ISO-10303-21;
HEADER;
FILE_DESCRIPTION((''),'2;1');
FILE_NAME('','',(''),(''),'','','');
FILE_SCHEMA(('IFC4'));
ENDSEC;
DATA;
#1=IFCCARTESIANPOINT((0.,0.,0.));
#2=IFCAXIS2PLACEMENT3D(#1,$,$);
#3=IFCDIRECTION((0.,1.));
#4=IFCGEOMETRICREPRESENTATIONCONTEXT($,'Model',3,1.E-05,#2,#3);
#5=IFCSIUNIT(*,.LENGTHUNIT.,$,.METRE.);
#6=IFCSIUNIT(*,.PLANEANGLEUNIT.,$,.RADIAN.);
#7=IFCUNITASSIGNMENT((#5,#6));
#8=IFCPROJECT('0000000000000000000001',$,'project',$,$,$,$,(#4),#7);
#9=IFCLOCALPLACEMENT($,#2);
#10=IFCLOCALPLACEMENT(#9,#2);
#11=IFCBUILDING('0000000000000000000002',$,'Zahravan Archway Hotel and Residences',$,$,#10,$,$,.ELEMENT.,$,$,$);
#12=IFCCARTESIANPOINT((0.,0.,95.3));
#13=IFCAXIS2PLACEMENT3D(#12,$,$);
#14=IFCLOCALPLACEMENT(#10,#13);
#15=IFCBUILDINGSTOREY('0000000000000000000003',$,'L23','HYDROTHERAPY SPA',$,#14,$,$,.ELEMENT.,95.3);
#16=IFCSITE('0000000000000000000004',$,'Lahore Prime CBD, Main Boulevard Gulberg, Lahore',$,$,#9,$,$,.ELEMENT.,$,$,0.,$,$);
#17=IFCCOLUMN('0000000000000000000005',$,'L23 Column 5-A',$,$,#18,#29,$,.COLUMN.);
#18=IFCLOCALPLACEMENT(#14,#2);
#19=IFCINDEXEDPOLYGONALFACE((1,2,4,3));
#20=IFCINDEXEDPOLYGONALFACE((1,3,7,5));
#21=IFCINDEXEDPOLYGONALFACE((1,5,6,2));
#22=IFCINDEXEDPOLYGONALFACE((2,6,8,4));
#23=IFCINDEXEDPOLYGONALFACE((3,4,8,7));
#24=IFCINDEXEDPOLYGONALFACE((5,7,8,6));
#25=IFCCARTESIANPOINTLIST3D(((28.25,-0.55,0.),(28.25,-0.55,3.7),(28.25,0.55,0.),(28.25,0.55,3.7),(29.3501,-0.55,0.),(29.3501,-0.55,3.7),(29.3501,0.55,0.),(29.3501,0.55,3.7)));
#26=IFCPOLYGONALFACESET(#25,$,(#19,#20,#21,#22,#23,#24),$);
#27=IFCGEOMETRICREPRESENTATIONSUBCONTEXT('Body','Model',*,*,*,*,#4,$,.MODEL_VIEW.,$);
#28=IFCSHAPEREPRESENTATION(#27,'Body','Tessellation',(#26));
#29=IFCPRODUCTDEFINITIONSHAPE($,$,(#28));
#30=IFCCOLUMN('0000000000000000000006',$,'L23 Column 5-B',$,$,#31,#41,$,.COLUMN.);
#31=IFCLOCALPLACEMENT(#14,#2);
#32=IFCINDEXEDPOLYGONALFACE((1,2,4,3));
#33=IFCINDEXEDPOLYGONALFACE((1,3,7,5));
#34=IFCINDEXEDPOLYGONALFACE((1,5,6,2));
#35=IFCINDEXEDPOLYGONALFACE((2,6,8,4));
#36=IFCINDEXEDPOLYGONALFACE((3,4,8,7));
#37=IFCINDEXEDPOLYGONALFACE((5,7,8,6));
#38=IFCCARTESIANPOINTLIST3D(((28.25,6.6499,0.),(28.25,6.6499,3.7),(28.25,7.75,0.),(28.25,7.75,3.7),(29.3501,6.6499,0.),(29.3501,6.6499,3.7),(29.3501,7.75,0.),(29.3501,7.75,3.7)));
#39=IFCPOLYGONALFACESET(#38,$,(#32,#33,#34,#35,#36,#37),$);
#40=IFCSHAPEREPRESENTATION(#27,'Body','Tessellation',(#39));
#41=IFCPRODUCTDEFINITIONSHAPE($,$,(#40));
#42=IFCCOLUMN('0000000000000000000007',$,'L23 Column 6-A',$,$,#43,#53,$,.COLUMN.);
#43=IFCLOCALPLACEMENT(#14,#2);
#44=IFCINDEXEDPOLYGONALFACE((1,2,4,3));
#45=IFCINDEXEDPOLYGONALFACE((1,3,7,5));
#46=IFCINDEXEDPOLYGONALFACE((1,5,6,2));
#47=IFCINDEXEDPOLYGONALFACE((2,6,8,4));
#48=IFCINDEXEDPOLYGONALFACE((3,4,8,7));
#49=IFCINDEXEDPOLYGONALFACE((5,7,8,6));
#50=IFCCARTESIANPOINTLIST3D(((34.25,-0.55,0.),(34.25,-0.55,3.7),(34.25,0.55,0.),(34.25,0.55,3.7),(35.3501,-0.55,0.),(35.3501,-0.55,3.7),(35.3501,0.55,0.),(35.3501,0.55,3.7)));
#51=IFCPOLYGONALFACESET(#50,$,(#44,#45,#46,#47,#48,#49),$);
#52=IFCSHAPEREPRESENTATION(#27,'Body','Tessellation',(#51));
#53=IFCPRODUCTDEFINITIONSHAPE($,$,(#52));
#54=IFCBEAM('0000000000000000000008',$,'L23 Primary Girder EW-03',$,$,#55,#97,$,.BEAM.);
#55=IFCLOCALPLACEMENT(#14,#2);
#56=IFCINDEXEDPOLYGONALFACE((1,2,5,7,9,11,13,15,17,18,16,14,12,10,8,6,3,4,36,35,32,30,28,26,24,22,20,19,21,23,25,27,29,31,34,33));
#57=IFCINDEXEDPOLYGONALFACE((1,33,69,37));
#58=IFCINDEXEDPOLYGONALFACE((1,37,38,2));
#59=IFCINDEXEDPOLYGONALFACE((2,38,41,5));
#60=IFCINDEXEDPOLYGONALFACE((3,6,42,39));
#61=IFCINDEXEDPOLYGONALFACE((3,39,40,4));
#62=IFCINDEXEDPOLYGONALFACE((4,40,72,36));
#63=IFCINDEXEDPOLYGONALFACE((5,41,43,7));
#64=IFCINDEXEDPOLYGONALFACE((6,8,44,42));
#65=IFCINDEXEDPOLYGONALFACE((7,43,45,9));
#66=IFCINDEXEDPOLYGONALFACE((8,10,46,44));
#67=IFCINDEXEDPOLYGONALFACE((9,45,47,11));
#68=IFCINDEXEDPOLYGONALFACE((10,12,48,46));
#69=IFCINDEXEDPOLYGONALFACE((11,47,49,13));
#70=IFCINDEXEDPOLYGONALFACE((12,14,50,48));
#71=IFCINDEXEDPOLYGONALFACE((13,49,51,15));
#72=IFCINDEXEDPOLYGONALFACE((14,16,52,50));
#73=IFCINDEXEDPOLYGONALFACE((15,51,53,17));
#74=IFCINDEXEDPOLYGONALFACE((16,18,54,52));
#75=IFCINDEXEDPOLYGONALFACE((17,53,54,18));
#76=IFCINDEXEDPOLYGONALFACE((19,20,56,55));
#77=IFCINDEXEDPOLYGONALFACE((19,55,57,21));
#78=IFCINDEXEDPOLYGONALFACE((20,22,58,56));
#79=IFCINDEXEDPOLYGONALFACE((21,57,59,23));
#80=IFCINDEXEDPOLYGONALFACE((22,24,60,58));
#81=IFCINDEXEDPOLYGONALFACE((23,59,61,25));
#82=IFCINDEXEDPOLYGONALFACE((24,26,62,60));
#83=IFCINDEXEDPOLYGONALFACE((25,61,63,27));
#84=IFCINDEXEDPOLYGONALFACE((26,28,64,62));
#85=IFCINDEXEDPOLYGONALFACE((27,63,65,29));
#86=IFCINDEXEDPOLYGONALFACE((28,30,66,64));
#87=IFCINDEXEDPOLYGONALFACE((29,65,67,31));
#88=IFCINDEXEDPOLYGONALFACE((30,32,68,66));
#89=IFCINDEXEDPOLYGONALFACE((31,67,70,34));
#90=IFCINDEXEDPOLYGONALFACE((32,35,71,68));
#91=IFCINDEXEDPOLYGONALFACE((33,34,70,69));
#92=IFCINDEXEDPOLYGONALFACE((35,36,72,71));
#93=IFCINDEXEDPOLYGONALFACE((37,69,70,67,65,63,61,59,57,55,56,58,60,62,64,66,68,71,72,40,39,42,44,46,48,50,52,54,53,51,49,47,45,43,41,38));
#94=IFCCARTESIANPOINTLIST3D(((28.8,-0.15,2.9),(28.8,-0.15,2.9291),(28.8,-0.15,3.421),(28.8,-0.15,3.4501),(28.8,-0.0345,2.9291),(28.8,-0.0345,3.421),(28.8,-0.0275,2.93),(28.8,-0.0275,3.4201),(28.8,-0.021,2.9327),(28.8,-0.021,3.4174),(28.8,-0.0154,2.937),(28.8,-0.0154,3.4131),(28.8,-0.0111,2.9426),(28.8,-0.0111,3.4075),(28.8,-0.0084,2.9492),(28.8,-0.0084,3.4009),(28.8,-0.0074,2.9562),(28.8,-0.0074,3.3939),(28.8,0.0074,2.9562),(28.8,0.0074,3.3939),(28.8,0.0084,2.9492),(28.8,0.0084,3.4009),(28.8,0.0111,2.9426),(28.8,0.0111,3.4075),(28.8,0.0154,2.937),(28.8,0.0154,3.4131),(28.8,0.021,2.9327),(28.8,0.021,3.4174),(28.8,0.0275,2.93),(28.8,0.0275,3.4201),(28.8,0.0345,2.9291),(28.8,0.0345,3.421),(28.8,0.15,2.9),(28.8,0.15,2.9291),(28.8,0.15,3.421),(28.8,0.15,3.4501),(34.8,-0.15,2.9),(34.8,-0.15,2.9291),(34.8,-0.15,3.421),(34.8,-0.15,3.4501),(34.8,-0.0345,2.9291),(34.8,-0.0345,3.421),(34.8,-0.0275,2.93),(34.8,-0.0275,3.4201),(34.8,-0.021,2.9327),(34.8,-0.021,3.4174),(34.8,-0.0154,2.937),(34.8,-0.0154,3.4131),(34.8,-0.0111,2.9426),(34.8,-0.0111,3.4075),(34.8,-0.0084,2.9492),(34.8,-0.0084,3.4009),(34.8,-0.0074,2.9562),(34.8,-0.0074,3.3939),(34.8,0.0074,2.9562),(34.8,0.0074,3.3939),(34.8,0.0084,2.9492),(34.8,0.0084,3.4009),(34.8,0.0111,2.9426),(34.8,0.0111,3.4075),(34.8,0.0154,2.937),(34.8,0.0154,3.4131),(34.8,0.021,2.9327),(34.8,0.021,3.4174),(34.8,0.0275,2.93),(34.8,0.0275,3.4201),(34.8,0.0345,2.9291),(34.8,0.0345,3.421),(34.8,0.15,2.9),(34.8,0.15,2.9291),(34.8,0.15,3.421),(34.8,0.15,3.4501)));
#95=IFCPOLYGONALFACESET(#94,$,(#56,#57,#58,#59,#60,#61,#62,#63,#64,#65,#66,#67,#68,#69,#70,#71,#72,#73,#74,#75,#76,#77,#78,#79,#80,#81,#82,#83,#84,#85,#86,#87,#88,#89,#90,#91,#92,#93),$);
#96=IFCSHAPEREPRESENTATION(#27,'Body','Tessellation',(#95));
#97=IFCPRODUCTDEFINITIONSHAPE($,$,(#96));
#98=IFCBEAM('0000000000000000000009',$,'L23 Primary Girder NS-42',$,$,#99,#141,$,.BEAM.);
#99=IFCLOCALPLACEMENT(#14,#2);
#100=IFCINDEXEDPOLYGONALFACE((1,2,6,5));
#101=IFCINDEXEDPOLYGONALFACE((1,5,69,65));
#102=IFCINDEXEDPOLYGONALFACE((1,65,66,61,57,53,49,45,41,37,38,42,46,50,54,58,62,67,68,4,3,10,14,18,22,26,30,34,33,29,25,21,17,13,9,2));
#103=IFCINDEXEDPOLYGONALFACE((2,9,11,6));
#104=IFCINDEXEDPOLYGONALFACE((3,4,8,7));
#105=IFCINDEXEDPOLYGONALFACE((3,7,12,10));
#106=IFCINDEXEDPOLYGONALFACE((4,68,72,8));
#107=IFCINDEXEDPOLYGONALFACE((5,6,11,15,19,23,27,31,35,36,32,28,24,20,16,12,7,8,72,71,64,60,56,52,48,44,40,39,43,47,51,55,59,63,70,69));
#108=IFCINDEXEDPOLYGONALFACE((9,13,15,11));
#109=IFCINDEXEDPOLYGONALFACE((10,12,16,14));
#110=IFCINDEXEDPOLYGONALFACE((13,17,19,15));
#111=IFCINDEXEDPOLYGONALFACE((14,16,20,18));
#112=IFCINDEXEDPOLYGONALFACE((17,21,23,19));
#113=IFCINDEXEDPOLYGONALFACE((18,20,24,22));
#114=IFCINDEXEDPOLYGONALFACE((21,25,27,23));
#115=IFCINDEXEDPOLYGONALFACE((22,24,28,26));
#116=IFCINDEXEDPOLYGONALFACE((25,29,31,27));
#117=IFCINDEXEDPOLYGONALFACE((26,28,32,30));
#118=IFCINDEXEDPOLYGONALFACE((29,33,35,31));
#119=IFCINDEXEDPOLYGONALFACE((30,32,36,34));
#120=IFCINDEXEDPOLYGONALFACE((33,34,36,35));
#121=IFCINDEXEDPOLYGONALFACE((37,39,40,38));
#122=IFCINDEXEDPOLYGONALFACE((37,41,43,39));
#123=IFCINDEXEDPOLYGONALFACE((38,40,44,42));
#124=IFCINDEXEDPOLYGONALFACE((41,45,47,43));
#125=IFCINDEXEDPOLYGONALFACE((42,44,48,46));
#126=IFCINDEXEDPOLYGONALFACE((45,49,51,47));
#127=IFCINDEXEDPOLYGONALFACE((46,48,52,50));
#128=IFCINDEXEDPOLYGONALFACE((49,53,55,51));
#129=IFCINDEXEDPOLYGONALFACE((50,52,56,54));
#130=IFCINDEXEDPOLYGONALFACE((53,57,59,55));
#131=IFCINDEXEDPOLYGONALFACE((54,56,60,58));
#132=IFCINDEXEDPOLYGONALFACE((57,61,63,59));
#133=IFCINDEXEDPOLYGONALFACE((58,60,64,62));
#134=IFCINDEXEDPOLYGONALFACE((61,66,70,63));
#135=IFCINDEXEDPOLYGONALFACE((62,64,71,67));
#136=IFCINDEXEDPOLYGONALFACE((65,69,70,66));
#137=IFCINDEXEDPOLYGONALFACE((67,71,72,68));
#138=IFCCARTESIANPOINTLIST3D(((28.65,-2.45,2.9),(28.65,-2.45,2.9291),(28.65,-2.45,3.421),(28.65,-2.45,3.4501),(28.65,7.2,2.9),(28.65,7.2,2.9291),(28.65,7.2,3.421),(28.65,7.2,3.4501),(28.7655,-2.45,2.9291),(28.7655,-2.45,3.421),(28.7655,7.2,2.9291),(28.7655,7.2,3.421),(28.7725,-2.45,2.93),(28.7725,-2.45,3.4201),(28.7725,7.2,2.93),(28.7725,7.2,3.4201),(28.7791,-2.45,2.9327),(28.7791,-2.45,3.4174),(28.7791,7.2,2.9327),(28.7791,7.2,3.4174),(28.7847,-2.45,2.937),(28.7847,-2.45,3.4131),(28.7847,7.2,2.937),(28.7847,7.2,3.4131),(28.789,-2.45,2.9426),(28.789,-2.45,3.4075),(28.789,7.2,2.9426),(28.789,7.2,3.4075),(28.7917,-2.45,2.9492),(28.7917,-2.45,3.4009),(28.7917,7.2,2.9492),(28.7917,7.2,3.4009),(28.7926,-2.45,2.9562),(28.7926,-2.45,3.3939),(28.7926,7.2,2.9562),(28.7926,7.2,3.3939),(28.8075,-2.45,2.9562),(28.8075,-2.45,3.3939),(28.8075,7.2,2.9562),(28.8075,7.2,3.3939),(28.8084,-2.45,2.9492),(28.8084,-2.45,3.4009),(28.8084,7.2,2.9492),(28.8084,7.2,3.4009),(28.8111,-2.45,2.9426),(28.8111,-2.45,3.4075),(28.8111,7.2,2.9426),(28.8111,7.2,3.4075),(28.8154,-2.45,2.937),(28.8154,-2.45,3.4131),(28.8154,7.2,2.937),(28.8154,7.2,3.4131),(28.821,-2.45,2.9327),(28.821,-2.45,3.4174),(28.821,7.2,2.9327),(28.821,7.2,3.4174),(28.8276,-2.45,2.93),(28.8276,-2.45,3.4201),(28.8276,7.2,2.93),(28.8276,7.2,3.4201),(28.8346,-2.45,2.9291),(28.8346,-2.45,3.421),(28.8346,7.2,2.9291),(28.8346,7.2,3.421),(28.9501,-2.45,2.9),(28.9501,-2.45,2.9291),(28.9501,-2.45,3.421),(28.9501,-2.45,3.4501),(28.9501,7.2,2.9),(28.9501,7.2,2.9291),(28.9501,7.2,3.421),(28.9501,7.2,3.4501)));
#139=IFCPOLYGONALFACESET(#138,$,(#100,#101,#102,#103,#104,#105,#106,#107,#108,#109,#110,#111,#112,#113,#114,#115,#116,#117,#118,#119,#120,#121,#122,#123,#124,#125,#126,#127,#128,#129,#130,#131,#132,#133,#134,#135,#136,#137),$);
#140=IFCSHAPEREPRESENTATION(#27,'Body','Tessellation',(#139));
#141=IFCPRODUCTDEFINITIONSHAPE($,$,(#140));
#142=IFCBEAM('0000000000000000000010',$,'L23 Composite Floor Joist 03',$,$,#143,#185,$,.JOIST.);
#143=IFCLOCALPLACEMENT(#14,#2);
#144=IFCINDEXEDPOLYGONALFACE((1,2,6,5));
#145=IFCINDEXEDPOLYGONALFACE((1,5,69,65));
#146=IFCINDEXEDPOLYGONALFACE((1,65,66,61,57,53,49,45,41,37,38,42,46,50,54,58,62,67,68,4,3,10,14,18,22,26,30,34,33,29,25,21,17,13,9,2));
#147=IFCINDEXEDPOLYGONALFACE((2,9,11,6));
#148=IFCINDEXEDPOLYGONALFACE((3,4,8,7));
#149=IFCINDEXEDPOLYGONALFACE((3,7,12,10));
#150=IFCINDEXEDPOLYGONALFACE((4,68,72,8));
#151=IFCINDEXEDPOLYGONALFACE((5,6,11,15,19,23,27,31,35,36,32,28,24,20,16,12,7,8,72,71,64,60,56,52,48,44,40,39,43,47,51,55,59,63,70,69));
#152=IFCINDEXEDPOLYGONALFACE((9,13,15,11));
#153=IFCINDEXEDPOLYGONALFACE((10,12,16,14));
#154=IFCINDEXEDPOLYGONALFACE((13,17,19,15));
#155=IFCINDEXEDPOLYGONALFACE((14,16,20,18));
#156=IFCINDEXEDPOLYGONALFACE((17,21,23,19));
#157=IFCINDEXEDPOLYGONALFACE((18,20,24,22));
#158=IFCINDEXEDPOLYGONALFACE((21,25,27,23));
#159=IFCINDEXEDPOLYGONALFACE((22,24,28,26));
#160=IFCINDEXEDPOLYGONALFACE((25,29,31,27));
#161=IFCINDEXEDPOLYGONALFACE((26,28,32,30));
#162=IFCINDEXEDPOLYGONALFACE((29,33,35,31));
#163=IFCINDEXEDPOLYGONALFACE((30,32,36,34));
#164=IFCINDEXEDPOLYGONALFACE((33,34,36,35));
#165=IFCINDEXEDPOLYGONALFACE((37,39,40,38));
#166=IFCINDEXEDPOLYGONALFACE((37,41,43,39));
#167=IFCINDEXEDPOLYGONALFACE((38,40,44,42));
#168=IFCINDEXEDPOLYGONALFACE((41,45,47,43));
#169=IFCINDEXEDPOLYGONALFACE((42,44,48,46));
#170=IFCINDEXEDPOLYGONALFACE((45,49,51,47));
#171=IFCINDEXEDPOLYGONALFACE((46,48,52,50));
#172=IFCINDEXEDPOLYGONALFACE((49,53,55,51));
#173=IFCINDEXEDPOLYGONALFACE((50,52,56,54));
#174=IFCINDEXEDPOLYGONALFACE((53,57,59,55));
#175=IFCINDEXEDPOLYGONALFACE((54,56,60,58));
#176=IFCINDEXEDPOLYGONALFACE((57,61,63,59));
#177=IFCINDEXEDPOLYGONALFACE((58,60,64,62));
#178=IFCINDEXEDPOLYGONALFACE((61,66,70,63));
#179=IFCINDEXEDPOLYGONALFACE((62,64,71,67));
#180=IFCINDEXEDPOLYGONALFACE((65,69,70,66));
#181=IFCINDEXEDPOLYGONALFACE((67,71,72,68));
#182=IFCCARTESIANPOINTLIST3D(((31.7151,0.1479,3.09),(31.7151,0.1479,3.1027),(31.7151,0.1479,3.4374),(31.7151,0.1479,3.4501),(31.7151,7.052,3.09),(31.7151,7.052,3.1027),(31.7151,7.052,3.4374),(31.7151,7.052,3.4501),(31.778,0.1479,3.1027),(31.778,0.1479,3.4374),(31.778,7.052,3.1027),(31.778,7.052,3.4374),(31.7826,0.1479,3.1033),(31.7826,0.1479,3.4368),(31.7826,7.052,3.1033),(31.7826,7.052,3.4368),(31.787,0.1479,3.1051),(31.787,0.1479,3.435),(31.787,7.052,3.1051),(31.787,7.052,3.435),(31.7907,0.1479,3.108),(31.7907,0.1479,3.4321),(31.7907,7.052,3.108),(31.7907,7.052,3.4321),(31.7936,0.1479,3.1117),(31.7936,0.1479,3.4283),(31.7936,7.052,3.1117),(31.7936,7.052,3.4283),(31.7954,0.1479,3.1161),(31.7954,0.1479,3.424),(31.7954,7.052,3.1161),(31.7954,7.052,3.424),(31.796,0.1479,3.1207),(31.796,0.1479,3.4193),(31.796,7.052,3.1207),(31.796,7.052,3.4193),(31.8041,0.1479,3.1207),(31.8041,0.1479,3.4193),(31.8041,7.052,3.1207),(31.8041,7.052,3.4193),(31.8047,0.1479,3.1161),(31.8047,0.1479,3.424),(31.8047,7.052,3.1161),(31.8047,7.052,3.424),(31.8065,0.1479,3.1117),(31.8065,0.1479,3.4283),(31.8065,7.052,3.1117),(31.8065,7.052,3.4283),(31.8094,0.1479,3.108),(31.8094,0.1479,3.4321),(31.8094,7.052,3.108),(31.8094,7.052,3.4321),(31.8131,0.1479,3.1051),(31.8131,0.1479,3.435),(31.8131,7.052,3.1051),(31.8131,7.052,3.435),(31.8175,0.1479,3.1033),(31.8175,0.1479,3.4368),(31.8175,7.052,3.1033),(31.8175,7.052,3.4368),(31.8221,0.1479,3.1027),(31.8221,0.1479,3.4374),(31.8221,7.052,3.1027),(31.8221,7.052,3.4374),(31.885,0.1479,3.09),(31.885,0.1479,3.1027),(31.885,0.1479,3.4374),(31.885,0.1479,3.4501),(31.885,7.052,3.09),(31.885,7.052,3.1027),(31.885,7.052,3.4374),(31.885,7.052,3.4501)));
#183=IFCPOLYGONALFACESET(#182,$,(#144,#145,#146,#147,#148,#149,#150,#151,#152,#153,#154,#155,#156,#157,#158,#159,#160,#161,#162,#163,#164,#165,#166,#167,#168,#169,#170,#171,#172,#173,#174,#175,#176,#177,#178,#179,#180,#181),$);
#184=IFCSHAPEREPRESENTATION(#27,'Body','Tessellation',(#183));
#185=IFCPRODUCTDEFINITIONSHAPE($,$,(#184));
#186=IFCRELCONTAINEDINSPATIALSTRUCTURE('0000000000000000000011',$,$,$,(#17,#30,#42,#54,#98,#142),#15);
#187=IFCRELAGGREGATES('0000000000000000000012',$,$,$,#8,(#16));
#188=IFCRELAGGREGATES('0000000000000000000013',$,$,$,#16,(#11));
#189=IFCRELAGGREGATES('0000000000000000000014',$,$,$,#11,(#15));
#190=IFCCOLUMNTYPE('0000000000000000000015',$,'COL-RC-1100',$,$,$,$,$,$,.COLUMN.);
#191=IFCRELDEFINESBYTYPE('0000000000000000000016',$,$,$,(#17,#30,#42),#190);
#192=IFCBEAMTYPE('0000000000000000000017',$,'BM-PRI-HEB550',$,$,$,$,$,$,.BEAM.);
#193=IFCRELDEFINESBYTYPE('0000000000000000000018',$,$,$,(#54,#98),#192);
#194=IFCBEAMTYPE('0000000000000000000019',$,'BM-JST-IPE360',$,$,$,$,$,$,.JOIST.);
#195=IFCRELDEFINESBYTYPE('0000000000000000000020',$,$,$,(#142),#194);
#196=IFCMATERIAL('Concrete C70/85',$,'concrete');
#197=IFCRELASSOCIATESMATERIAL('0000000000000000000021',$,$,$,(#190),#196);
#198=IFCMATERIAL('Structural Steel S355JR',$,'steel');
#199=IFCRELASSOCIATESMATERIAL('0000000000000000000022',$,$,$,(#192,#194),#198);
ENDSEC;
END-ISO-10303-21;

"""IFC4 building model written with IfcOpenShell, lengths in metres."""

from ifc_helpers import new_model, si_unit, direction, frame, origin, origin_2d, place, context, subcontext, project, spatial, rectangle, i_section, extrude, source, transform, mapped, material, material_profile, profile_set, type_object, type_shapes, element, save


model = new_model("IFC4")

# Units and contexts
model_context = context("Model", 3, precision=1e-05, world=origin(), true_north=direction((0.0, 1.0)))
body_context = subcontext(model_context, "Body", "Model", "MODEL_VIEW")
ifc_project = project(units=[si_unit("LENGTHUNIT", "METRE"), si_unit("PLANEANGLEUNIT", "RADIAN")], contexts=[model_context])

# Site, building, storey
site_placement = place(None, origin())
site = spatial("IfcSite", under=ifc_project, at=site_placement, Name="Lahore Prime CBD, Main Boulevard Gulberg, Lahore", CompositionType="ELEMENT", RefElevation=0.0)
building_placement = place(site_placement, origin())
building = spatial("IfcBuilding", under=site, at=building_placement, Name="Zahravan Archway Hotel and Residences", CompositionType="ELEMENT")
storey_placement = place(building_placement, frame((0.0, 0.0, 95.3)))
storey = spatial("IfcBuildingStorey", under=building, at=storey_placement, Name="L23", Description="HYDROTHERAPY SPA", CompositionType="ELEMENT", Elevation=95.3)

# Columns
ifc_material_1 = material(Name="Concrete C70/85", Category="concrete")
ifc_material_profile_1 = material_profile(ifc_material_1, rectangle(XDim=1.1001, YDim=1.1001, at=origin_2d()), Name="RC 1100x1100", Category="concrete")
ifc_profile_set_1 = profile_set([ifc_material_profile_1], Name="Concrete C70/85")
column_type = type_object("IfcColumnType", Name="COL-RC-1100", PredefinedType="COLUMN", material=ifc_profile_set_1)
shared_shape_1 = source(origin(), body_context, "Body", "SweptSolid", [
    extrude(rectangle(XDim=1.1001, YDim=1.1001, at=origin_2d()), origin(), (0.0, 0.0, 1.0), 3.7),
])
for number, where, z_axis, x_axis, name in (
    (1, (28.8, 0.0, 0.0), (0.0, 0.0, 1.0), (1.0, 0.0, 0.0), "L23 Column 5-A"),
    (2, (28.8, 7.2, 0.0), (0.0, 0.0, 1.0), (1.0, 0.0, 0.0), "L23 Column 5-B"),
    (3, (34.8, 0.0, 0.0), (0.0, 0.0, 1.0), (1.0, 0.0, 0.0), "L23 Column 6-A"),
):
    element("IfcColumn", number, at=place(storey_placement, frame(where, z_axis=z_axis, x_axis=x_axis)), inside=storey, type_object=column_type, Name=name, PredefinedType="COLUMN", context=body_context, shape_type="MappedRepresentation", body=[
        mapped(shared_shape_1, transform((0.0, 0.0, 0.0), scale=1.0)),
    ])

# Beams
ifc_material_2 = material(Name="Structural Steel S355JR", Category="steel")
ifc_material_profile_2 = material_profile(ifc_material_2, i_section(OverallWidth=0.3, OverallDepth=0.55, WebThickness=0.0149, FlangeThickness=0.0291, FilletRadius=0.0271, at=origin_2d()), Name="HEB 550", Category="steel")
ifc_profile_set_2 = profile_set([ifc_material_profile_2], Name="Structural Steel S355JR")
beam_type_1 = type_object("IfcBeamType", Name="BM-PRI-HEB550", PredefinedType="BEAM", material=ifc_profile_set_2)
shared_shape_2 = source(origin(), body_context, "Body", "SweptSolid", [
    extrude(i_section(OverallWidth=0.3, OverallDepth=0.55, WebThickness=0.0149, FlangeThickness=0.0291, FilletRadius=0.0271, at=origin_2d()), origin(), (0.0, 0.0, 1.0), 6.0),
])
beam_1_placement = place(storey_placement, frame((28.8, 0.0, 3.175), z_axis=(1.0, 0.0, 0.0), x_axis=(0.0, 1.0, 0.0)))
element("IfcBeam", 4, at=beam_1_placement, inside=storey, type_object=beam_type_1, Name="L23 Primary Girder EW-03", PredefinedType="BEAM", context=body_context, shape_type="MappedRepresentation", body=[
    mapped(shared_shape_2, transform((0.0, 0.0, 0.0), scale=1.0)),
])
shared_shape_3 = source(origin(), body_context, "Body", "SweptSolid", [
    extrude(i_section(OverallWidth=0.3, OverallDepth=0.55, WebThickness=0.0149, FlangeThickness=0.0291, FilletRadius=0.0271, at=origin_2d()), origin(), (0.0, 0.0, 1.0), 9.6499),
])
beam_2_placement = place(storey_placement, frame((28.8, -2.45, 3.175), z_axis=(0.0, 1.0, 0.0), x_axis=(-1.0, 0.0, 0.0)))
element("IfcBeam", 5, at=beam_2_placement, inside=storey, type_object=beam_type_1, Name="L23 Primary Girder NS-42", PredefinedType="BEAM", context=body_context, shape_type="MappedRepresentation", body=[
    mapped(shared_shape_3, transform((0.0, 0.0, 0.0), scale=1.0)),
])
ifc_material_profile_3 = material_profile(ifc_material_2, i_section(OverallWidth=0.1699, OverallDepth=0.3601, WebThickness=0.0081, FlangeThickness=0.0127, FilletRadius=0.0181, at=origin_2d()), Name="IPE 360", Category="steel")
ifc_profile_set_3 = profile_set([ifc_material_profile_3], Name="Structural Steel S355JR")
beam_type_2 = type_object("IfcBeamType", Name="BM-JST-IPE360", PredefinedType="JOIST", material=ifc_profile_set_3)
shared_shape_4 = source(origin(), body_context, "Body", "SweptSolid", [
    extrude(i_section(OverallWidth=0.1699, OverallDepth=0.3601, WebThickness=0.0081, FlangeThickness=0.0127, FilletRadius=0.0181, at=origin_2d()), origin(), (0.0, 0.0, 1.0), 6.9041),
])
type_shapes(beam_type_2, [shared_shape_4])
beam_3_placement = place(storey_placement, frame((31.8, 0.1479, 3.27), z_axis=(0.0, 1.0, 0.0), x_axis=(-1.0, 0.0, 0.0)))
element("IfcBeam", 6, at=beam_3_placement, inside=storey, type_object=beam_type_2, Name="L23 Composite Floor Joist 03", PredefinedType="JOIST", context=body_context, shape_type="MappedRepresentation", body=[
    mapped(shared_shape_4, transform((0.0, 0.0, 0.0), scale=1.0)),
])

save(model, "model.ifc")
